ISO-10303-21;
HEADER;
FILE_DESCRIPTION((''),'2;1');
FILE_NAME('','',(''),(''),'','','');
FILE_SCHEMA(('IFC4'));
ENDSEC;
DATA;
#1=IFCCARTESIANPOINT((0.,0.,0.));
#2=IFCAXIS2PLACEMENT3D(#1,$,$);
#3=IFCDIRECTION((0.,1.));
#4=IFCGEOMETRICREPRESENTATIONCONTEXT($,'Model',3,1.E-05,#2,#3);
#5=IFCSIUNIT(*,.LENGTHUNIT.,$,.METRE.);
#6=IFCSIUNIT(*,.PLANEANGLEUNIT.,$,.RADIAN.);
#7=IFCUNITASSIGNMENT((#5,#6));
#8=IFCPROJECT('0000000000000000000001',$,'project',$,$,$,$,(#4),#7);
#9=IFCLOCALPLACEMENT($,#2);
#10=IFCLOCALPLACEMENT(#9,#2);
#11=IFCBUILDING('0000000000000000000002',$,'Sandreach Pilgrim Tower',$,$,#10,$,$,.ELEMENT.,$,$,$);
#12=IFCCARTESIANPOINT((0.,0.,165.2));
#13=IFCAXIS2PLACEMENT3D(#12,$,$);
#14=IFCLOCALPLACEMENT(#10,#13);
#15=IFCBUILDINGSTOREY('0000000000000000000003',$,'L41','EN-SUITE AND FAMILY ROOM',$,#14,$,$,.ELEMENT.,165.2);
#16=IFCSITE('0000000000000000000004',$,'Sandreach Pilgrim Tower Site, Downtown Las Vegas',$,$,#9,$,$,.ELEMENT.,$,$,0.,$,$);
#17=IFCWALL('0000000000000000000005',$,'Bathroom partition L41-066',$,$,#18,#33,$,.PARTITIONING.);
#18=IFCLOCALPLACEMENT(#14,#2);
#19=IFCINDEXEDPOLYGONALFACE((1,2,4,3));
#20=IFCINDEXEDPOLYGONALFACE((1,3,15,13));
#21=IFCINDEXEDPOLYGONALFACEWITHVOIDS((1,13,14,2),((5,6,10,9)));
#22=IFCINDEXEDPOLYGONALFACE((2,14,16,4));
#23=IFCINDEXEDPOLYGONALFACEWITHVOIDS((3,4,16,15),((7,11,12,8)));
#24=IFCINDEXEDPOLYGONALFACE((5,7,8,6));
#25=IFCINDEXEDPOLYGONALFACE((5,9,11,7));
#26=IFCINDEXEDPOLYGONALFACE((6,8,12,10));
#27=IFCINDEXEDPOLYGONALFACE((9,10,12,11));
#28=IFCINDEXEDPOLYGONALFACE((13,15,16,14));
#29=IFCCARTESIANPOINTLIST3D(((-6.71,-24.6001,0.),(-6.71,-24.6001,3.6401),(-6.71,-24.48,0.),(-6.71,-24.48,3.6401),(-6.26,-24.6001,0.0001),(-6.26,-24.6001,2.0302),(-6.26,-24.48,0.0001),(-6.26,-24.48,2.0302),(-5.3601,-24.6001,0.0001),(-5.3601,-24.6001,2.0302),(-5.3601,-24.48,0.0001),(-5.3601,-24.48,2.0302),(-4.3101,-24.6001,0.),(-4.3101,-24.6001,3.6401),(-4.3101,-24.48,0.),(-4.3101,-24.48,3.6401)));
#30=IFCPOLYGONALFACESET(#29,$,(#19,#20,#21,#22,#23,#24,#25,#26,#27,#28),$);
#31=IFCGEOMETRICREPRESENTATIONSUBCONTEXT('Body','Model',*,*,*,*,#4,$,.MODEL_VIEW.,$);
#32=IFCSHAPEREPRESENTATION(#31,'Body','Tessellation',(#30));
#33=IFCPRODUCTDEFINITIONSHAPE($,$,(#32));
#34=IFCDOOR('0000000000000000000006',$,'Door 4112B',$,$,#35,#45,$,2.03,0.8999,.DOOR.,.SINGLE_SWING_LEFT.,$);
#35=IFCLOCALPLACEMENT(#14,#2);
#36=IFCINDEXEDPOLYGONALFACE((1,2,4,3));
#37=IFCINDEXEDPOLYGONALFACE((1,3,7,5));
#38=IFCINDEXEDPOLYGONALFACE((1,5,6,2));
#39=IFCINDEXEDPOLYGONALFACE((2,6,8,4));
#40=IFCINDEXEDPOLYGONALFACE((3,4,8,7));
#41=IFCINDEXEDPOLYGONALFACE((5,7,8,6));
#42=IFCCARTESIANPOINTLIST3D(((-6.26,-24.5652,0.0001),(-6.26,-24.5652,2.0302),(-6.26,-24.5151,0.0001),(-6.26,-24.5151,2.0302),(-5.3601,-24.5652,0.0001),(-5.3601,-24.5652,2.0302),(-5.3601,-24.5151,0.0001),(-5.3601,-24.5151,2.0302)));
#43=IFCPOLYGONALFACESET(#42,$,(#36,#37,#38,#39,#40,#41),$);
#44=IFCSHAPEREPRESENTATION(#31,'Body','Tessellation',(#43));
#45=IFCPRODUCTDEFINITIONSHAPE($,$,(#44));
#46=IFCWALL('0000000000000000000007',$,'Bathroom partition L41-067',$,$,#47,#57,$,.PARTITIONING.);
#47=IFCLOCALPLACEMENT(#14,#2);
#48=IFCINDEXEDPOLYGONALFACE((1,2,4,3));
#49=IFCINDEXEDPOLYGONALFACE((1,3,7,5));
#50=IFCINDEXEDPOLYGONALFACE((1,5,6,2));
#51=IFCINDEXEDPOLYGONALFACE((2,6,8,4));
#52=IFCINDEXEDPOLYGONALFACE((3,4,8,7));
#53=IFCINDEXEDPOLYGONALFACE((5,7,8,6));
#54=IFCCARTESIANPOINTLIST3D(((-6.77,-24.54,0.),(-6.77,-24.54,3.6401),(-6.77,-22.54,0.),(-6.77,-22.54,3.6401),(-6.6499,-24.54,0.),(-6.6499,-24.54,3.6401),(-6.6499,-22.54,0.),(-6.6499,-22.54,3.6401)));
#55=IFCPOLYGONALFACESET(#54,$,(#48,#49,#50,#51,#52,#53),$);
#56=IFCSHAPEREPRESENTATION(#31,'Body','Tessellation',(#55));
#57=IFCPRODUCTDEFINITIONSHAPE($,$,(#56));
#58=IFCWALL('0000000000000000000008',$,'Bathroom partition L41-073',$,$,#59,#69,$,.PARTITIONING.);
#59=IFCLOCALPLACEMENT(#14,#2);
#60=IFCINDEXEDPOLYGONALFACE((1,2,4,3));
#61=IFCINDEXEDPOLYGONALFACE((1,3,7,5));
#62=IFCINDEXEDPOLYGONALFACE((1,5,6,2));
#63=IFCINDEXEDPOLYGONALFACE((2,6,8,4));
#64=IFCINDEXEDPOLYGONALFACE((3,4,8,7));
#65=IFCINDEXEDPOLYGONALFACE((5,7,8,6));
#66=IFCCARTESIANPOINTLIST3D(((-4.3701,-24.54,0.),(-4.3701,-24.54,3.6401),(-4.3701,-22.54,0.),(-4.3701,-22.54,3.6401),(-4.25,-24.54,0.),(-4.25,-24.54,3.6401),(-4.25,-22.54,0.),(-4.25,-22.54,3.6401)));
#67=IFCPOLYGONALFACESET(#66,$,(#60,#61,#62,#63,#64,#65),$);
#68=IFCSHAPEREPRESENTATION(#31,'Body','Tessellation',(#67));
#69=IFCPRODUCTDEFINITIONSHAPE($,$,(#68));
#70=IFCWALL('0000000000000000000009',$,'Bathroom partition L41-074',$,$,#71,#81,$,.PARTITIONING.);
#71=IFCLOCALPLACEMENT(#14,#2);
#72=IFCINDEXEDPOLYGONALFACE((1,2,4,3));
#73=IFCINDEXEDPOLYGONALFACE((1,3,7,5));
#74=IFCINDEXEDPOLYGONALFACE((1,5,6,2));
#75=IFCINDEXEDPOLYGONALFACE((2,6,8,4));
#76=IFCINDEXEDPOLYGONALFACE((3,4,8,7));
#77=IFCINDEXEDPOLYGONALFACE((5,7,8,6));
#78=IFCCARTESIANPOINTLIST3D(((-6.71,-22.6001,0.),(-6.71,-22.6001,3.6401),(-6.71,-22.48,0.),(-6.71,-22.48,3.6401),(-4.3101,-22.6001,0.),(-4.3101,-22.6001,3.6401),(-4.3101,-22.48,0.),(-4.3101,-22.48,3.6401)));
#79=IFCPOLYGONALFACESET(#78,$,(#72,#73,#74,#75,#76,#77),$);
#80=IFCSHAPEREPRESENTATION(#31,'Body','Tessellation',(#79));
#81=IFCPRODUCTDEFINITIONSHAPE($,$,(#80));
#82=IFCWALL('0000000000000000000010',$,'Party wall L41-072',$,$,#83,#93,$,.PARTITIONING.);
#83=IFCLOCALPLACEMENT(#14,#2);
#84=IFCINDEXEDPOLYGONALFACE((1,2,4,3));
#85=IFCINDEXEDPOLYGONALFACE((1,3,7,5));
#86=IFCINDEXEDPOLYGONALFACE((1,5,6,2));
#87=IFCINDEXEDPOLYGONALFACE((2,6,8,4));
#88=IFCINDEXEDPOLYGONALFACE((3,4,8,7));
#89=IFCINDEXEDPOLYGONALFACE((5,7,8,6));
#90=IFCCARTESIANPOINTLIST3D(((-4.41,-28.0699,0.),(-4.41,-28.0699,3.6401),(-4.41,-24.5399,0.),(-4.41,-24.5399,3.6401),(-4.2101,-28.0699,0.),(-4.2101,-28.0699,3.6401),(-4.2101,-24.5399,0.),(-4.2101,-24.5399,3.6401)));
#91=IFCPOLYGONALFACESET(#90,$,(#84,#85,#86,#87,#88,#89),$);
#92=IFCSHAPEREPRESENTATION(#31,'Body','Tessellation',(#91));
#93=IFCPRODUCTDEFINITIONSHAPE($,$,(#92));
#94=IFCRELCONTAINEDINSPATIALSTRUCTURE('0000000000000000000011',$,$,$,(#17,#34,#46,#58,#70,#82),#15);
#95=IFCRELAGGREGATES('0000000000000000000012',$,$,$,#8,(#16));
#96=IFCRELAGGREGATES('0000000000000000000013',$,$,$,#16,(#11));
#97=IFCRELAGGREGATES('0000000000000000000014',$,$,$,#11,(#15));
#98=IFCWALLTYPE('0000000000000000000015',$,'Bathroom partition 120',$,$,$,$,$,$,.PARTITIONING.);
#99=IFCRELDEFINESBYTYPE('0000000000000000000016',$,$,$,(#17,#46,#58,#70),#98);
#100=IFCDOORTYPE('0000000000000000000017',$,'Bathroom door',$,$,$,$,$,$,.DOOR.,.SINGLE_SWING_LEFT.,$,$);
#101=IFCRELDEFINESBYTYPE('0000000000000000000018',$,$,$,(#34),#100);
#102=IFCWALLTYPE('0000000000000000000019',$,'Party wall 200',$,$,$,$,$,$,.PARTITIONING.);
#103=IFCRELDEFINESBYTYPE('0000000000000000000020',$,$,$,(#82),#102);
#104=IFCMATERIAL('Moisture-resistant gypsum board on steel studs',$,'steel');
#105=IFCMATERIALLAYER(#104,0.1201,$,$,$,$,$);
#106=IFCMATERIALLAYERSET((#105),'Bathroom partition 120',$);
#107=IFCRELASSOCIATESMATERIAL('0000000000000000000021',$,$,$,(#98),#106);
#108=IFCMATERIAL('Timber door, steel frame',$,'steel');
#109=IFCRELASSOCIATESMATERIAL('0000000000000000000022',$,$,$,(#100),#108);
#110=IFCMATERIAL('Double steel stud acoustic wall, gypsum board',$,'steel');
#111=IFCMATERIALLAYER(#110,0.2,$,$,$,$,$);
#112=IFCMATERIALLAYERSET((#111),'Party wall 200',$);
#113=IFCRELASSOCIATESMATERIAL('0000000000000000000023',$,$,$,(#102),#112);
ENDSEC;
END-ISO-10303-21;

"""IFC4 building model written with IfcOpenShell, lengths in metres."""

from ifc_helpers import new_model, si_unit, direction, frame, frame_2d, origin, place, context, subcontext, project, spatial, rectangle, extrude, material, layer, layer_set, type_object, element, fill, save


model = new_model("IFC4")

# Units and contexts
model_context = context("Model", 3, precision=1e-05, world=origin(), true_north=direction((0.0, 1.0)))
body_context = subcontext(model_context, "Body", "Model", "MODEL_VIEW")
ifc_project = project(units=[si_unit("LENGTHUNIT", "METRE"), si_unit("PLANEANGLEUNIT", "RADIAN")], contexts=[model_context])

# Site, building, storey
site_placement = place(None, origin())
site = spatial("IfcSite", under=ifc_project, at=site_placement, Name="Sandreach Pilgrim Tower Site, Downtown Las Vegas", CompositionType="ELEMENT", RefElevation=0.0)
building_placement = place(site_placement, origin())
building = spatial("IfcBuilding", under=site, at=building_placement, Name="Sandreach Pilgrim Tower", CompositionType="ELEMENT")
storey_placement = place(building_placement, frame((0.0, 0.0, 165.2)))
storey = spatial("IfcBuildingStorey", under=building, at=storey_placement, Name="L41", Description="EN-SUITE AND FAMILY ROOM", CompositionType="ELEMENT", Elevation=165.2)

# Wall, opening, door
ifc_material_1 = material(Name="Moisture-resistant gypsum board on steel studs", Category="steel")
ifc_layer_1 = layer(ifc_material_1, 0.1201)
ifc_layer_set_1 = layer_set([ifc_layer_1], Name="Bathroom partition 120")
wall_type_1 = type_object("IfcWallType", Name="Bathroom partition 120", PredefinedType="PARTITIONING", material=ifc_layer_set_1)
wall_1_placement = place(storey_placement, frame((-6.71, -24.54, 0.0), z_axis=(0.0, 0.0, 1.0), x_axis=(1.0, 0.0, 0.0)))
wall_1 = element("IfcWall", 1, at=wall_1_placement, inside=storey, type_object=wall_type_1, Name="Bathroom partition L41-066", PredefinedType="PARTITIONING", context=body_context, shape_type="SweptSolid", body=[
    extrude(rectangle(XDim=2.3999, YDim=0.1201, at=frame_2d((1.2, 0.0))), origin(), (0.0, 0.0, 1.0), 3.6401),
])
opening_placement = place(wall_1_placement, frame((0.45, 0.0, 0.0)))
opening = element("IfcOpeningElement", 2, at=opening_placement, cuts=wall_1, PredefinedType="OPENING", context=body_context, shape_type="SweptSolid", body=[
    extrude(rectangle(XDim=0.8999, YDim=2.03, at=frame_2d((0.45, 1.0151))), frame((0.0, 0.0601, 0.0), z_axis=(0.0, -1.0, 0.0), x_axis=(1.0, 0.0, 0.0)), (0.0, 0.0, 1.0), 0.1201),
])
ifc_material_2 = material(Name="Timber door, steel frame", Category="steel")
door_type = type_object("IfcDoorType", Name="Bathroom door", OperationType="SINGLE_SWING_LEFT", PredefinedType="DOOR", material=ifc_material_2)
door_placement = place(opening_placement, origin())
door = element("IfcDoor", 3, at=door_placement, inside=storey, type_object=door_type, Name="Door 4112B", OperationType="SINGLE_SWING_LEFT", OverallHeight=2.03, OverallWidth=0.8999, PredefinedType="DOOR", context=body_context, shape_type="SweptSolid", body=[
    extrude(rectangle(XDim=0.8999, YDim=2.03, at=frame_2d((0.45, 1.0151))), frame((0.0, 0.0249, 0.0), z_axis=(0.0, -1.0, 0.0), x_axis=(1.0, 0.0, 0.0)), (0.0, 0.0, 1.0), 0.05),
])
fill(opening, door)

# Walls
for number, where, z_axis, x_axis, name in (
    (4, (-6.71, -22.54, 0.0), (0.0, 0.0, 1.0), (0.0, -1.0, 0.0), "Bathroom partition L41-067"),
    (5, (-4.3101, -24.54, 0.0), (0.0, 0.0, 1.0), (0.0, 1.0, 0.0), "Bathroom partition L41-073"),
):
    element("IfcWall", number, at=place(storey_placement, frame(where, z_axis=z_axis, x_axis=x_axis)), inside=storey, type_object=wall_type_1, Name=name, PredefinedType="PARTITIONING", context=body_context, shape_type="SweptSolid", body=[
        extrude(rectangle(XDim=2.0, YDim=0.1201, at=frame_2d((1.0, 0.0))), origin(), (0.0, 0.0, 1.0), 3.6401),
    ])
wall_2_placement = place(storey_placement, frame((-4.3101, -22.54, 0.0), z_axis=(0.0, 0.0, 1.0), x_axis=(-1.0, 0.0, 0.0)))
element("IfcWall", 6, at=wall_2_placement, inside=storey, type_object=wall_type_1, Name="Bathroom partition L41-074", PredefinedType="PARTITIONING", context=body_context, shape_type="SweptSolid", body=[
    extrude(rectangle(XDim=2.3999, YDim=0.1201, at=frame_2d((1.2, 0.0))), origin(), (0.0, 0.0, 1.0), 3.6401),
])
ifc_material_3 = material(Name="Double steel stud acoustic wall, gypsum board", Category="steel")
ifc_layer_2 = layer(ifc_material_3, 0.2)
ifc_layer_set_2 = layer_set([ifc_layer_2], Name="Party wall 200")
wall_type_2 = type_object("IfcWallType", Name="Party wall 200", PredefinedType="PARTITIONING", material=ifc_layer_set_2)
wall_3_placement = place(storey_placement, frame((-4.3101, -28.0701, 0.0), z_axis=(0.0, 0.0, 1.0), x_axis=(0.0, 1.0, 0.0)))
element("IfcWall", 7, at=wall_3_placement, inside=storey, type_object=wall_type_2, Name="Party wall L41-072", PredefinedType="PARTITIONING", context=body_context, shape_type="SweptSolid", body=[
    extrude(rectangle(XDim=3.53, YDim=0.2, at=frame_2d((1.7651, 0.0))), origin(), (0.0, 0.0, 1.0), 3.6401),
])

save(model, "model.ifc")
